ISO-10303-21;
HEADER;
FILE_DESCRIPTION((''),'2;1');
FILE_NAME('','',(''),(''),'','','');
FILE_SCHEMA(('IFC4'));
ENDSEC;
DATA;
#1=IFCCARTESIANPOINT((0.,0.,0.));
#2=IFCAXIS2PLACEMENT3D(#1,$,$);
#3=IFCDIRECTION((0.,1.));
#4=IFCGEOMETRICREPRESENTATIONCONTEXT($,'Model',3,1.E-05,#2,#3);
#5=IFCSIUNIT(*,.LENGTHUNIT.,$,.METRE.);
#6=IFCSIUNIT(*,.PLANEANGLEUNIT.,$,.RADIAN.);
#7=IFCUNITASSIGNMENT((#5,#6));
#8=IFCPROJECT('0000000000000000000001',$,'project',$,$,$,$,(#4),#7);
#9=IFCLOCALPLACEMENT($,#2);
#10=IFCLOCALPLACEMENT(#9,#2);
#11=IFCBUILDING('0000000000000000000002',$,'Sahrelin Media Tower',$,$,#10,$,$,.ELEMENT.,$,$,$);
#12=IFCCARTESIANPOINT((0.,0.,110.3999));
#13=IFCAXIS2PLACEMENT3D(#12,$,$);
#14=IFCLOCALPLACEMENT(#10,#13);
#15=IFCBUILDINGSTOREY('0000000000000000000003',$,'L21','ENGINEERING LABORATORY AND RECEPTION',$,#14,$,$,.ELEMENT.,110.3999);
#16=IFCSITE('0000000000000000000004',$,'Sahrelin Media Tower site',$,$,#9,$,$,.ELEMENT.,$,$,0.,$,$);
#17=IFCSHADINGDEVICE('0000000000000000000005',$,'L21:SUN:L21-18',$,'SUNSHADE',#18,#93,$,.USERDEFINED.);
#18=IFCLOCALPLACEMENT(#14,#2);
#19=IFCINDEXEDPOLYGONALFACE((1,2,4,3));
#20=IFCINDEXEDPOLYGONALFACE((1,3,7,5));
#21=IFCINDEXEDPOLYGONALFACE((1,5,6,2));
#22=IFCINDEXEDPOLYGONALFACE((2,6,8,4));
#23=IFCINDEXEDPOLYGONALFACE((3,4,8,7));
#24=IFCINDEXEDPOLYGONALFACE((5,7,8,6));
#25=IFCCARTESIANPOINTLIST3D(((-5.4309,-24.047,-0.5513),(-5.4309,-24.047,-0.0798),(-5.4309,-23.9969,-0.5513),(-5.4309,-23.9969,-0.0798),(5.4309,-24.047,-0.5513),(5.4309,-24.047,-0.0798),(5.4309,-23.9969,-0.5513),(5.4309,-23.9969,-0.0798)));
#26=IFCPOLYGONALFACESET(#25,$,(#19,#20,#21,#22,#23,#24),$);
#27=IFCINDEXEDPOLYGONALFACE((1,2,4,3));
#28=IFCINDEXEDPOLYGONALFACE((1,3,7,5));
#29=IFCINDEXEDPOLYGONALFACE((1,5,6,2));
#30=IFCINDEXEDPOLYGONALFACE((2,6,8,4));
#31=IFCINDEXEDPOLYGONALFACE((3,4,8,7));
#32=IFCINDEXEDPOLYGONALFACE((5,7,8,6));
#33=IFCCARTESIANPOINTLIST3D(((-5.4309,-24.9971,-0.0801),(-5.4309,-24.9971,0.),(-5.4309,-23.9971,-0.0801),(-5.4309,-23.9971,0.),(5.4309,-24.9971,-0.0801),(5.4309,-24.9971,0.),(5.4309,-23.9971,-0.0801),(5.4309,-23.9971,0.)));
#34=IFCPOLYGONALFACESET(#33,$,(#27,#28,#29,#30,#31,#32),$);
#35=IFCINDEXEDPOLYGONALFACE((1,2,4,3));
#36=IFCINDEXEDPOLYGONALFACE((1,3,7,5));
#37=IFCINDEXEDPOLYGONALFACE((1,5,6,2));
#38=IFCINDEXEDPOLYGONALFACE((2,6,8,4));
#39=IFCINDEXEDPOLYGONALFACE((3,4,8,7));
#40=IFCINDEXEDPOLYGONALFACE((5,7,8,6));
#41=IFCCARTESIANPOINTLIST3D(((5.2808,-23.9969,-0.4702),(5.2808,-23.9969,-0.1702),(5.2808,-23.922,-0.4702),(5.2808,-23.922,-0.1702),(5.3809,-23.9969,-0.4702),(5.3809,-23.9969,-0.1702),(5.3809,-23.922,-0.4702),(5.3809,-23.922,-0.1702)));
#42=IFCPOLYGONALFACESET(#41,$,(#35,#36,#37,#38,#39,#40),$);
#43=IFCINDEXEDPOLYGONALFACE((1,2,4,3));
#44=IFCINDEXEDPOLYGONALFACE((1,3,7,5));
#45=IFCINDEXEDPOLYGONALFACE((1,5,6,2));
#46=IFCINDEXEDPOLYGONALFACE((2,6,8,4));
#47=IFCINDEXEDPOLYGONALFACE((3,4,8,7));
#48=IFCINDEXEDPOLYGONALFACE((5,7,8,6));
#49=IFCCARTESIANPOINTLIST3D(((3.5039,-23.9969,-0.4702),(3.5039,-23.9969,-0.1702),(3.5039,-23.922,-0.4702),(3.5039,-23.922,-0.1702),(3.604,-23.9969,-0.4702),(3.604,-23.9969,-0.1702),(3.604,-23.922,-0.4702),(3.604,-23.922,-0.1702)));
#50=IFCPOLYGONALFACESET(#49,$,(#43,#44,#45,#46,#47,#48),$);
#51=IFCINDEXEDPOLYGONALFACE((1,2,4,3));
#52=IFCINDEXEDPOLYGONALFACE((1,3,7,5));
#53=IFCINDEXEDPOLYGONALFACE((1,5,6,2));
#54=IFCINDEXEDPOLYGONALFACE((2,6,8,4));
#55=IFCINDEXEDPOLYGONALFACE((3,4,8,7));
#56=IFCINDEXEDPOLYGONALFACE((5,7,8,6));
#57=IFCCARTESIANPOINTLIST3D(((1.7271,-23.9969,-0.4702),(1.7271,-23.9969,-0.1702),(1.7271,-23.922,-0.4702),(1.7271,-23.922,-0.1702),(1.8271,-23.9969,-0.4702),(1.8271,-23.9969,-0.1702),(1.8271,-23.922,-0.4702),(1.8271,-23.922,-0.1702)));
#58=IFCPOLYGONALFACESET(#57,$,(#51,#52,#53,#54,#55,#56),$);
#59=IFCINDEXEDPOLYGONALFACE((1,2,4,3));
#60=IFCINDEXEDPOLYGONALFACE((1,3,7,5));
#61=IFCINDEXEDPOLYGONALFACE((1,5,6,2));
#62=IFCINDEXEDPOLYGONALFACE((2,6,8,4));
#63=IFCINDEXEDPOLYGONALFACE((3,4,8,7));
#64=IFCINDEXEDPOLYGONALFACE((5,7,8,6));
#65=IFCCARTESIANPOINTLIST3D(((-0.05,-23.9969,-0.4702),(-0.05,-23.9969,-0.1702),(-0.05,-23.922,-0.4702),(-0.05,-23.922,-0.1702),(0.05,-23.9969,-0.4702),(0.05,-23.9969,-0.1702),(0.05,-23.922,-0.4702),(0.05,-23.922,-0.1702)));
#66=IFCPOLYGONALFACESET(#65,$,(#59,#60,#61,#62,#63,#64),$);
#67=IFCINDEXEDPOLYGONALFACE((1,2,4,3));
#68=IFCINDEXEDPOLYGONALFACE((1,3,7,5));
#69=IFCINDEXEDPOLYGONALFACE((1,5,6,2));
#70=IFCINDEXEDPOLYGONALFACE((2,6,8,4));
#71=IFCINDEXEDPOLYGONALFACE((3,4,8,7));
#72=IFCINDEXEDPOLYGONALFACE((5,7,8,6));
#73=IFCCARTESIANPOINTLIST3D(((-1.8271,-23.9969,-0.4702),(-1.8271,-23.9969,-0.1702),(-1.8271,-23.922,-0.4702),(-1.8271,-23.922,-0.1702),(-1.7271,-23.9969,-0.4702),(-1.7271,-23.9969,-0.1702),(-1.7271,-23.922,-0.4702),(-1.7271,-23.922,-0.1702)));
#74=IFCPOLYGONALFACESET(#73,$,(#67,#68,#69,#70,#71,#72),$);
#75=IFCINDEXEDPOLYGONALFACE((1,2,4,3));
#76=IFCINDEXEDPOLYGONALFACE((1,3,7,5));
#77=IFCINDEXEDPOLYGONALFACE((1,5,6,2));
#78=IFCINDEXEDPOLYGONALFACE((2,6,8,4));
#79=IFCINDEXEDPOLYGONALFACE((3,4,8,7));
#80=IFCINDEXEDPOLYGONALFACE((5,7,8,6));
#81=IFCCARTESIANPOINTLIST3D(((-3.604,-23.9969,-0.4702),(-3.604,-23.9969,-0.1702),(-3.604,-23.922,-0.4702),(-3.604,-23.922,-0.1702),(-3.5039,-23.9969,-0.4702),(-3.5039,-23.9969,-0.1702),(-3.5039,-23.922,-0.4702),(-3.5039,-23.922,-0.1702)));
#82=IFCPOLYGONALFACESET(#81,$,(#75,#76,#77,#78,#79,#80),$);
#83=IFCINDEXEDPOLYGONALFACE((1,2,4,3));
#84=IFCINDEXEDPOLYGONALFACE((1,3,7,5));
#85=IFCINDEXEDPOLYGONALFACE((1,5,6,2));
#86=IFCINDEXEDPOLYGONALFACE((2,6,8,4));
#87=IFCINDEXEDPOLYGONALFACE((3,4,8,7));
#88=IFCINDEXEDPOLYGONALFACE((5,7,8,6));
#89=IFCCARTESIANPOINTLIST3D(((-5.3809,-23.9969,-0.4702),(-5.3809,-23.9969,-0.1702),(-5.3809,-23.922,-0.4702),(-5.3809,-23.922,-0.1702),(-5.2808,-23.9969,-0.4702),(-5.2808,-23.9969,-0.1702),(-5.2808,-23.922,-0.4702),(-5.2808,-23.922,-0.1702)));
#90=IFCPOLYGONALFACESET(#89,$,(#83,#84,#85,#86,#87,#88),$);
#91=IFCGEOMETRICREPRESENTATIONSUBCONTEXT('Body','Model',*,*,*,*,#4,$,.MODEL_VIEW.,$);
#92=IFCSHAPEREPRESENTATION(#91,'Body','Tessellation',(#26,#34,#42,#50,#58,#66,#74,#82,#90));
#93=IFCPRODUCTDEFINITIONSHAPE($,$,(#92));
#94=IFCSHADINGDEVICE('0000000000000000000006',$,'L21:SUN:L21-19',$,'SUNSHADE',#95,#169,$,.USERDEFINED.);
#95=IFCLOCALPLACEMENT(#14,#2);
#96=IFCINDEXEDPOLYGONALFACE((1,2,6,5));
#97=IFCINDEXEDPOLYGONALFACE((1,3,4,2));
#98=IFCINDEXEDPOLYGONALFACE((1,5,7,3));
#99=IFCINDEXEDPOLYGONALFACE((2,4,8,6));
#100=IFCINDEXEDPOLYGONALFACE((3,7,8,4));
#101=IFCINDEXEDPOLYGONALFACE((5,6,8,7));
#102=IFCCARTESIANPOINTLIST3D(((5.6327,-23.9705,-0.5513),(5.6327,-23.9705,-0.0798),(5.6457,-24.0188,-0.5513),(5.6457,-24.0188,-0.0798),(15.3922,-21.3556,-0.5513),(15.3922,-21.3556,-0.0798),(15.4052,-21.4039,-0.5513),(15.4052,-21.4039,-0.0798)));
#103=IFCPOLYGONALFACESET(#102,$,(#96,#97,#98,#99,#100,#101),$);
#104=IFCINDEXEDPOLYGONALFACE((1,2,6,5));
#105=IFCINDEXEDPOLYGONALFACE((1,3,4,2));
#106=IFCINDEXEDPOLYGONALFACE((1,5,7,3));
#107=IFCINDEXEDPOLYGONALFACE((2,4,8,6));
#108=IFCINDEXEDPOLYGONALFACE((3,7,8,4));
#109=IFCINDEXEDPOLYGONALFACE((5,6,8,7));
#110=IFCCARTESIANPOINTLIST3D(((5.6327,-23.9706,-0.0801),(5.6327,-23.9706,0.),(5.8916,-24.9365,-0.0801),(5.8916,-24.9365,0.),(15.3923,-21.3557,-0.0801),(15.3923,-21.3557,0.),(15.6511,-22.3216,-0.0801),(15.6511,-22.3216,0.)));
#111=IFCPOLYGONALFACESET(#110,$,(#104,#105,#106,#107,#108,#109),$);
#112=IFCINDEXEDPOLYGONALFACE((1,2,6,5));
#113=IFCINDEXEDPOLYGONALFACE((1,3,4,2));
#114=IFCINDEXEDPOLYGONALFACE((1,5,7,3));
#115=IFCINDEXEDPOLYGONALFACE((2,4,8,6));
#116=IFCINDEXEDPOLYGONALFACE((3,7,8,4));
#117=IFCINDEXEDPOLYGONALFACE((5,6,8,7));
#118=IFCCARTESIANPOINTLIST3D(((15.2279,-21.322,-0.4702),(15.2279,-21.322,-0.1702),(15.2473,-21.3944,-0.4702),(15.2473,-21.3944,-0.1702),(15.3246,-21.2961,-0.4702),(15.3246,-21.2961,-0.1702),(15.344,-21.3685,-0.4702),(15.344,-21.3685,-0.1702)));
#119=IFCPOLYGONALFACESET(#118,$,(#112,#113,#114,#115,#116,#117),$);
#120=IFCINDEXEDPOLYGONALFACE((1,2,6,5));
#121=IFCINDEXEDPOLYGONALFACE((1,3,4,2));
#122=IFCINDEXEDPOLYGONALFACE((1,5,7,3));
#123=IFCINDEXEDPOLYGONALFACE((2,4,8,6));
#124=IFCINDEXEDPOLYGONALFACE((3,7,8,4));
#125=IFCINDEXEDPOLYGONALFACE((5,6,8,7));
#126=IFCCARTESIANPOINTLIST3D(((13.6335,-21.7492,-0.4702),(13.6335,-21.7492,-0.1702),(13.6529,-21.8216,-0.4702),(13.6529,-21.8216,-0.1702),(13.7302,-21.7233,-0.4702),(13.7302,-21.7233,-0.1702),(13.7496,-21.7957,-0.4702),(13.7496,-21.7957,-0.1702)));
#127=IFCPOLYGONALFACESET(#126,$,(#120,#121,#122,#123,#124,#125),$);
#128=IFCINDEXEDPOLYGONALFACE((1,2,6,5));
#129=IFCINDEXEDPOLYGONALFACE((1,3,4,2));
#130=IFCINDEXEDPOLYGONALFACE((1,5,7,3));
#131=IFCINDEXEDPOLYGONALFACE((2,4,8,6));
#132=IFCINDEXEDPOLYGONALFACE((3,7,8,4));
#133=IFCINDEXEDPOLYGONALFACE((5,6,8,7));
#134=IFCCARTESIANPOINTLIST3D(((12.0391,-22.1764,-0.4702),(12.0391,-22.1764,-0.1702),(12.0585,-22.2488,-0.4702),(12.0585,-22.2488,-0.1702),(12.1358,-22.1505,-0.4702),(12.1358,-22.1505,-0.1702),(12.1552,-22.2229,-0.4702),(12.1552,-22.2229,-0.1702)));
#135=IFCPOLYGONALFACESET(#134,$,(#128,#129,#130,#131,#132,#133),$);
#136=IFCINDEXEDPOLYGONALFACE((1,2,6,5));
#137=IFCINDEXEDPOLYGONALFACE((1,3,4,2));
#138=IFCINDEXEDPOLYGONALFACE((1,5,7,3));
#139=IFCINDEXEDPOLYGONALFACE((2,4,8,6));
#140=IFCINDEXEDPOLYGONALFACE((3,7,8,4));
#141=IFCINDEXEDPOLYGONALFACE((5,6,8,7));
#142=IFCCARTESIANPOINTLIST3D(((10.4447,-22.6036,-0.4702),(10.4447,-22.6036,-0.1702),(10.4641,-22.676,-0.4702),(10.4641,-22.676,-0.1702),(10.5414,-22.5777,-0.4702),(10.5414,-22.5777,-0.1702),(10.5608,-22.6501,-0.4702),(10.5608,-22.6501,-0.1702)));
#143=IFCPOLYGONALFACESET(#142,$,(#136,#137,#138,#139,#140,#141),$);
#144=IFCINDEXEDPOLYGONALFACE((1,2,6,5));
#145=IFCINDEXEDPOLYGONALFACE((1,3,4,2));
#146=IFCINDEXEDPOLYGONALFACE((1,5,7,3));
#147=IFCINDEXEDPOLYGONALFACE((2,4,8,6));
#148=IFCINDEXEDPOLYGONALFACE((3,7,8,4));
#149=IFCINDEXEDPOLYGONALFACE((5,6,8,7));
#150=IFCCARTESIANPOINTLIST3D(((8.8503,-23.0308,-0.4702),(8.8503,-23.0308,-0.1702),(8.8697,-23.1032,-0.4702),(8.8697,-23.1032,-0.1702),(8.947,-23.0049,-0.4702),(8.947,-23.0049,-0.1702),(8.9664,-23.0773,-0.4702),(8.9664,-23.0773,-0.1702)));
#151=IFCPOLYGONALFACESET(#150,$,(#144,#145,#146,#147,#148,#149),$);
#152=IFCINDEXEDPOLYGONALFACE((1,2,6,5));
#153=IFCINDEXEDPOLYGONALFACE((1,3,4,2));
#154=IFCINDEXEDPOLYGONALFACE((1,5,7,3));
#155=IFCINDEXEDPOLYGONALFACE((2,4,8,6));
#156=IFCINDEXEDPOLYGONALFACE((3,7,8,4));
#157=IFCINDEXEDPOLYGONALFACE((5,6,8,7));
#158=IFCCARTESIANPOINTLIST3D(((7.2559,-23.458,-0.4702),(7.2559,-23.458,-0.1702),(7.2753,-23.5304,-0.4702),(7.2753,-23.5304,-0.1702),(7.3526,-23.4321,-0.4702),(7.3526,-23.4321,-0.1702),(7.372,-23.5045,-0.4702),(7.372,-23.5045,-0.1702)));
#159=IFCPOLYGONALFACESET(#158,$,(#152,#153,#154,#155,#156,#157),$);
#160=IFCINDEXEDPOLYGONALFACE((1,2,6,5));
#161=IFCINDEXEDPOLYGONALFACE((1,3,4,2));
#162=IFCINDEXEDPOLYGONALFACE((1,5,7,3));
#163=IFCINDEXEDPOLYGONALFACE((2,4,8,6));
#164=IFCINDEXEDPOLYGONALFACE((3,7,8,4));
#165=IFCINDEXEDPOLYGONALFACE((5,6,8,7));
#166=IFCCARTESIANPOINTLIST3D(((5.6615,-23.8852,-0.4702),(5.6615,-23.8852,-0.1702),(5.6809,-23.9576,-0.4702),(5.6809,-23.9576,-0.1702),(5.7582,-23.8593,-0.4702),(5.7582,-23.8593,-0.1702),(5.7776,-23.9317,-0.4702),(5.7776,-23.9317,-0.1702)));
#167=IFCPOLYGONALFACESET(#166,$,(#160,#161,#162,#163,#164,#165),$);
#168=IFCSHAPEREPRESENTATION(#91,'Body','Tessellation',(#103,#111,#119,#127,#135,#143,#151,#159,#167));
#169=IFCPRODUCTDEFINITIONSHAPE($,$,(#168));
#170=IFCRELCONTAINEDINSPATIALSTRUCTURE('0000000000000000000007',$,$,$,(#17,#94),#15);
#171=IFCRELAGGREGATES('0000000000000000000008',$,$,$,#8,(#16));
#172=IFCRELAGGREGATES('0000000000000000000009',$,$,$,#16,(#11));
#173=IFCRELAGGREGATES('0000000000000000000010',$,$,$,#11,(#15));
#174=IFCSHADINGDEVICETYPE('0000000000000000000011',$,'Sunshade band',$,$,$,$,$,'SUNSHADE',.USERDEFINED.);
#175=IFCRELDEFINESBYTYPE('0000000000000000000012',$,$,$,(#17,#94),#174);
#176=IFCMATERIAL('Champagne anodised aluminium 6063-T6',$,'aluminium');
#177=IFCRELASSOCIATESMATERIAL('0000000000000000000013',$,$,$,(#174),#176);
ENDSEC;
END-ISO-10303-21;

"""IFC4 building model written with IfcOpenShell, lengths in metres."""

from ifc_helpers import new_model, si_unit, direction, frame, origin, origin_2d, place, context, subcontext, project, spatial, rectangle, extrude, material, type_object, element, save


model = new_model("IFC4")

# Units and contexts
model_context = context("Model", 3, precision=1e-05, world=origin(), true_north=direction((0.0, 1.0)))
body_context = subcontext(model_context, "Body", "Model", "MODEL_VIEW")
ifc_project = project(units=[si_unit("LENGTHUNIT", "METRE"), si_unit("PLANEANGLEUNIT", "RADIAN")], contexts=[model_context])

# Site, building, storey
site_placement = place(None, origin())
site = spatial("IfcSite", under=ifc_project, at=site_placement, Name="Sahrelin Media Tower site", CompositionType="ELEMENT", RefElevation=0.0)
building_placement = place(site_placement, origin())
building = spatial("IfcBuilding", under=site, at=building_placement, Name="Sahrelin Media Tower", CompositionType="ELEMENT")
storey_placement = place(building_placement, frame((0.0, 0.0, 110.3999)))
storey = spatial("IfcBuildingStorey", under=building, at=storey_placement, Name="L21", Description="ENGINEERING LABORATORY AND RECEPTION", CompositionType="ELEMENT", Elevation=110.3999)

# Shared definitions
ifc_material_1 = material(Name="Champagne anodised aluminium 6063-T6", Category="aluminium")

# Shading devices
placement_1 = place(storey_placement, frame((0.0, -23.9771, 0.0), z_axis=(0.0, 0.0, 1.0), x_axis=(-1.0, 0.0, 0.0)))
placement_2 = place(storey_placement, frame((10.5073, -22.6438, 0.0), z_axis=(0.0, 0.0, 1.0), x_axis=(-0.965929, -0.258808, 0.0)))
shading_device_type_1 = type_object("IfcShadingDeviceType", Name="Sunshade band", ElementType="SUNSHADE", PredefinedType="USERDEFINED", material=ifc_material_1)
element("IfcShadingDevice", 1, at=placement_1, inside=storey, type_object=shading_device_type_1, Name="L21:SUN:L21-18", ObjectType="SUNSHADE", PredefinedType="USERDEFINED", context=body_context, shape_type="SweptSolid", body=[
    extrude(rectangle(XDim=10.8618, YDim=0.05, at=origin_2d()), frame((0.0, 0.0449, -0.5513)), (0.0, 0.0, 1.0), 0.4714),
    extrude(rectangle(XDim=10.8618, YDim=1.0, at=origin_2d()), frame((0.0, 0.52, -0.0801)), (0.0, 0.0, 1.0), 0.0801),
    extrude(rectangle(XDim=0.1001, YDim=0.075, at=origin_2d()), frame((-5.3308, -0.0176, -0.4702)), (0.0, 0.0, 1.0), 0.3),
    extrude(rectangle(XDim=0.1001, YDim=0.075, at=origin_2d()), frame((-3.554, -0.0176, -0.4702)), (0.0, 0.0, 1.0), 0.3),
    extrude(rectangle(XDim=0.1001, YDim=0.075, at=origin_2d()), frame((-1.7771, -0.0176, -0.4702)), (0.0, 0.0, 1.0), 0.3),
    extrude(rectangle(XDim=0.1001, YDim=0.075, at=origin_2d()), frame((0.0, -0.0176, -0.4702)), (0.0, 0.0, 1.0), 0.3),
    extrude(rectangle(XDim=0.1001, YDim=0.075, at=origin_2d()), frame((1.7771, -0.0176, -0.4702)), (0.0, 0.0, 1.0), 0.3),
    extrude(rectangle(XDim=0.1001, YDim=0.075, at=origin_2d()), frame((3.554, -0.0176, -0.4702)), (0.0, 0.0, 1.0), 0.3),
    extrude(rectangle(XDim=0.1001, YDim=0.075, at=origin_2d()), frame((5.3308, -0.0176, -0.4702)), (0.0, 0.0, 1.0), 0.3),
])
element("IfcShadingDevice", 2, at=placement_2, inside=storey, type_object=shading_device_type_1, Name="L21:SUN:L21-19", ObjectType="SUNSHADE", PredefinedType="USERDEFINED", context=body_context, shape_type="SweptSolid", body=[
    extrude(rectangle(XDim=10.1038, YDim=0.05, at=origin_2d()), frame((0.0, 0.0449, -0.5513)), (0.0, 0.0, 1.0), 0.4714),
    extrude(rectangle(XDim=10.1038, YDim=1.0, at=origin_2d()), frame((0.0, 0.52, -0.0801)), (0.0, 0.0, 1.0), 0.0801),
    extrude(rectangle(XDim=0.1001, YDim=0.075, at=origin_2d()), frame((-4.9519, -0.0176, -0.4702)), (0.0, 0.0, 1.0), 0.3),
    extrude(rectangle(XDim=0.1001, YDim=0.075, at=origin_2d()), frame((-3.3013, -0.0176, -0.4702)), (0.0, 0.0, 1.0), 0.3),
    extrude(rectangle(XDim=0.1001, YDim=0.075, at=origin_2d()), frame((-1.6506, -0.0176, -0.4702)), (0.0, 0.0, 1.0), 0.3),
    extrude(rectangle(XDim=0.1001, YDim=0.075, at=origin_2d()), frame((0.0, -0.0176, -0.4702)), (0.0, 0.0, 1.0), 0.3),
    extrude(rectangle(XDim=0.1001, YDim=0.075, at=origin_2d()), frame((1.6506, -0.0176, -0.4702)), (0.0, 0.0, 1.0), 0.3),
    extrude(rectangle(XDim=0.1001, YDim=0.075, at=origin_2d()), frame((3.3013, -0.0176, -0.4702)), (0.0, 0.0, 1.0), 0.3),
    extrude(rectangle(XDim=0.1001, YDim=0.075, at=origin_2d()), frame((4.9519, -0.0176, -0.4702)), (0.0, 0.0, 1.0), 0.3),
])

save(model, "model.ifc")
